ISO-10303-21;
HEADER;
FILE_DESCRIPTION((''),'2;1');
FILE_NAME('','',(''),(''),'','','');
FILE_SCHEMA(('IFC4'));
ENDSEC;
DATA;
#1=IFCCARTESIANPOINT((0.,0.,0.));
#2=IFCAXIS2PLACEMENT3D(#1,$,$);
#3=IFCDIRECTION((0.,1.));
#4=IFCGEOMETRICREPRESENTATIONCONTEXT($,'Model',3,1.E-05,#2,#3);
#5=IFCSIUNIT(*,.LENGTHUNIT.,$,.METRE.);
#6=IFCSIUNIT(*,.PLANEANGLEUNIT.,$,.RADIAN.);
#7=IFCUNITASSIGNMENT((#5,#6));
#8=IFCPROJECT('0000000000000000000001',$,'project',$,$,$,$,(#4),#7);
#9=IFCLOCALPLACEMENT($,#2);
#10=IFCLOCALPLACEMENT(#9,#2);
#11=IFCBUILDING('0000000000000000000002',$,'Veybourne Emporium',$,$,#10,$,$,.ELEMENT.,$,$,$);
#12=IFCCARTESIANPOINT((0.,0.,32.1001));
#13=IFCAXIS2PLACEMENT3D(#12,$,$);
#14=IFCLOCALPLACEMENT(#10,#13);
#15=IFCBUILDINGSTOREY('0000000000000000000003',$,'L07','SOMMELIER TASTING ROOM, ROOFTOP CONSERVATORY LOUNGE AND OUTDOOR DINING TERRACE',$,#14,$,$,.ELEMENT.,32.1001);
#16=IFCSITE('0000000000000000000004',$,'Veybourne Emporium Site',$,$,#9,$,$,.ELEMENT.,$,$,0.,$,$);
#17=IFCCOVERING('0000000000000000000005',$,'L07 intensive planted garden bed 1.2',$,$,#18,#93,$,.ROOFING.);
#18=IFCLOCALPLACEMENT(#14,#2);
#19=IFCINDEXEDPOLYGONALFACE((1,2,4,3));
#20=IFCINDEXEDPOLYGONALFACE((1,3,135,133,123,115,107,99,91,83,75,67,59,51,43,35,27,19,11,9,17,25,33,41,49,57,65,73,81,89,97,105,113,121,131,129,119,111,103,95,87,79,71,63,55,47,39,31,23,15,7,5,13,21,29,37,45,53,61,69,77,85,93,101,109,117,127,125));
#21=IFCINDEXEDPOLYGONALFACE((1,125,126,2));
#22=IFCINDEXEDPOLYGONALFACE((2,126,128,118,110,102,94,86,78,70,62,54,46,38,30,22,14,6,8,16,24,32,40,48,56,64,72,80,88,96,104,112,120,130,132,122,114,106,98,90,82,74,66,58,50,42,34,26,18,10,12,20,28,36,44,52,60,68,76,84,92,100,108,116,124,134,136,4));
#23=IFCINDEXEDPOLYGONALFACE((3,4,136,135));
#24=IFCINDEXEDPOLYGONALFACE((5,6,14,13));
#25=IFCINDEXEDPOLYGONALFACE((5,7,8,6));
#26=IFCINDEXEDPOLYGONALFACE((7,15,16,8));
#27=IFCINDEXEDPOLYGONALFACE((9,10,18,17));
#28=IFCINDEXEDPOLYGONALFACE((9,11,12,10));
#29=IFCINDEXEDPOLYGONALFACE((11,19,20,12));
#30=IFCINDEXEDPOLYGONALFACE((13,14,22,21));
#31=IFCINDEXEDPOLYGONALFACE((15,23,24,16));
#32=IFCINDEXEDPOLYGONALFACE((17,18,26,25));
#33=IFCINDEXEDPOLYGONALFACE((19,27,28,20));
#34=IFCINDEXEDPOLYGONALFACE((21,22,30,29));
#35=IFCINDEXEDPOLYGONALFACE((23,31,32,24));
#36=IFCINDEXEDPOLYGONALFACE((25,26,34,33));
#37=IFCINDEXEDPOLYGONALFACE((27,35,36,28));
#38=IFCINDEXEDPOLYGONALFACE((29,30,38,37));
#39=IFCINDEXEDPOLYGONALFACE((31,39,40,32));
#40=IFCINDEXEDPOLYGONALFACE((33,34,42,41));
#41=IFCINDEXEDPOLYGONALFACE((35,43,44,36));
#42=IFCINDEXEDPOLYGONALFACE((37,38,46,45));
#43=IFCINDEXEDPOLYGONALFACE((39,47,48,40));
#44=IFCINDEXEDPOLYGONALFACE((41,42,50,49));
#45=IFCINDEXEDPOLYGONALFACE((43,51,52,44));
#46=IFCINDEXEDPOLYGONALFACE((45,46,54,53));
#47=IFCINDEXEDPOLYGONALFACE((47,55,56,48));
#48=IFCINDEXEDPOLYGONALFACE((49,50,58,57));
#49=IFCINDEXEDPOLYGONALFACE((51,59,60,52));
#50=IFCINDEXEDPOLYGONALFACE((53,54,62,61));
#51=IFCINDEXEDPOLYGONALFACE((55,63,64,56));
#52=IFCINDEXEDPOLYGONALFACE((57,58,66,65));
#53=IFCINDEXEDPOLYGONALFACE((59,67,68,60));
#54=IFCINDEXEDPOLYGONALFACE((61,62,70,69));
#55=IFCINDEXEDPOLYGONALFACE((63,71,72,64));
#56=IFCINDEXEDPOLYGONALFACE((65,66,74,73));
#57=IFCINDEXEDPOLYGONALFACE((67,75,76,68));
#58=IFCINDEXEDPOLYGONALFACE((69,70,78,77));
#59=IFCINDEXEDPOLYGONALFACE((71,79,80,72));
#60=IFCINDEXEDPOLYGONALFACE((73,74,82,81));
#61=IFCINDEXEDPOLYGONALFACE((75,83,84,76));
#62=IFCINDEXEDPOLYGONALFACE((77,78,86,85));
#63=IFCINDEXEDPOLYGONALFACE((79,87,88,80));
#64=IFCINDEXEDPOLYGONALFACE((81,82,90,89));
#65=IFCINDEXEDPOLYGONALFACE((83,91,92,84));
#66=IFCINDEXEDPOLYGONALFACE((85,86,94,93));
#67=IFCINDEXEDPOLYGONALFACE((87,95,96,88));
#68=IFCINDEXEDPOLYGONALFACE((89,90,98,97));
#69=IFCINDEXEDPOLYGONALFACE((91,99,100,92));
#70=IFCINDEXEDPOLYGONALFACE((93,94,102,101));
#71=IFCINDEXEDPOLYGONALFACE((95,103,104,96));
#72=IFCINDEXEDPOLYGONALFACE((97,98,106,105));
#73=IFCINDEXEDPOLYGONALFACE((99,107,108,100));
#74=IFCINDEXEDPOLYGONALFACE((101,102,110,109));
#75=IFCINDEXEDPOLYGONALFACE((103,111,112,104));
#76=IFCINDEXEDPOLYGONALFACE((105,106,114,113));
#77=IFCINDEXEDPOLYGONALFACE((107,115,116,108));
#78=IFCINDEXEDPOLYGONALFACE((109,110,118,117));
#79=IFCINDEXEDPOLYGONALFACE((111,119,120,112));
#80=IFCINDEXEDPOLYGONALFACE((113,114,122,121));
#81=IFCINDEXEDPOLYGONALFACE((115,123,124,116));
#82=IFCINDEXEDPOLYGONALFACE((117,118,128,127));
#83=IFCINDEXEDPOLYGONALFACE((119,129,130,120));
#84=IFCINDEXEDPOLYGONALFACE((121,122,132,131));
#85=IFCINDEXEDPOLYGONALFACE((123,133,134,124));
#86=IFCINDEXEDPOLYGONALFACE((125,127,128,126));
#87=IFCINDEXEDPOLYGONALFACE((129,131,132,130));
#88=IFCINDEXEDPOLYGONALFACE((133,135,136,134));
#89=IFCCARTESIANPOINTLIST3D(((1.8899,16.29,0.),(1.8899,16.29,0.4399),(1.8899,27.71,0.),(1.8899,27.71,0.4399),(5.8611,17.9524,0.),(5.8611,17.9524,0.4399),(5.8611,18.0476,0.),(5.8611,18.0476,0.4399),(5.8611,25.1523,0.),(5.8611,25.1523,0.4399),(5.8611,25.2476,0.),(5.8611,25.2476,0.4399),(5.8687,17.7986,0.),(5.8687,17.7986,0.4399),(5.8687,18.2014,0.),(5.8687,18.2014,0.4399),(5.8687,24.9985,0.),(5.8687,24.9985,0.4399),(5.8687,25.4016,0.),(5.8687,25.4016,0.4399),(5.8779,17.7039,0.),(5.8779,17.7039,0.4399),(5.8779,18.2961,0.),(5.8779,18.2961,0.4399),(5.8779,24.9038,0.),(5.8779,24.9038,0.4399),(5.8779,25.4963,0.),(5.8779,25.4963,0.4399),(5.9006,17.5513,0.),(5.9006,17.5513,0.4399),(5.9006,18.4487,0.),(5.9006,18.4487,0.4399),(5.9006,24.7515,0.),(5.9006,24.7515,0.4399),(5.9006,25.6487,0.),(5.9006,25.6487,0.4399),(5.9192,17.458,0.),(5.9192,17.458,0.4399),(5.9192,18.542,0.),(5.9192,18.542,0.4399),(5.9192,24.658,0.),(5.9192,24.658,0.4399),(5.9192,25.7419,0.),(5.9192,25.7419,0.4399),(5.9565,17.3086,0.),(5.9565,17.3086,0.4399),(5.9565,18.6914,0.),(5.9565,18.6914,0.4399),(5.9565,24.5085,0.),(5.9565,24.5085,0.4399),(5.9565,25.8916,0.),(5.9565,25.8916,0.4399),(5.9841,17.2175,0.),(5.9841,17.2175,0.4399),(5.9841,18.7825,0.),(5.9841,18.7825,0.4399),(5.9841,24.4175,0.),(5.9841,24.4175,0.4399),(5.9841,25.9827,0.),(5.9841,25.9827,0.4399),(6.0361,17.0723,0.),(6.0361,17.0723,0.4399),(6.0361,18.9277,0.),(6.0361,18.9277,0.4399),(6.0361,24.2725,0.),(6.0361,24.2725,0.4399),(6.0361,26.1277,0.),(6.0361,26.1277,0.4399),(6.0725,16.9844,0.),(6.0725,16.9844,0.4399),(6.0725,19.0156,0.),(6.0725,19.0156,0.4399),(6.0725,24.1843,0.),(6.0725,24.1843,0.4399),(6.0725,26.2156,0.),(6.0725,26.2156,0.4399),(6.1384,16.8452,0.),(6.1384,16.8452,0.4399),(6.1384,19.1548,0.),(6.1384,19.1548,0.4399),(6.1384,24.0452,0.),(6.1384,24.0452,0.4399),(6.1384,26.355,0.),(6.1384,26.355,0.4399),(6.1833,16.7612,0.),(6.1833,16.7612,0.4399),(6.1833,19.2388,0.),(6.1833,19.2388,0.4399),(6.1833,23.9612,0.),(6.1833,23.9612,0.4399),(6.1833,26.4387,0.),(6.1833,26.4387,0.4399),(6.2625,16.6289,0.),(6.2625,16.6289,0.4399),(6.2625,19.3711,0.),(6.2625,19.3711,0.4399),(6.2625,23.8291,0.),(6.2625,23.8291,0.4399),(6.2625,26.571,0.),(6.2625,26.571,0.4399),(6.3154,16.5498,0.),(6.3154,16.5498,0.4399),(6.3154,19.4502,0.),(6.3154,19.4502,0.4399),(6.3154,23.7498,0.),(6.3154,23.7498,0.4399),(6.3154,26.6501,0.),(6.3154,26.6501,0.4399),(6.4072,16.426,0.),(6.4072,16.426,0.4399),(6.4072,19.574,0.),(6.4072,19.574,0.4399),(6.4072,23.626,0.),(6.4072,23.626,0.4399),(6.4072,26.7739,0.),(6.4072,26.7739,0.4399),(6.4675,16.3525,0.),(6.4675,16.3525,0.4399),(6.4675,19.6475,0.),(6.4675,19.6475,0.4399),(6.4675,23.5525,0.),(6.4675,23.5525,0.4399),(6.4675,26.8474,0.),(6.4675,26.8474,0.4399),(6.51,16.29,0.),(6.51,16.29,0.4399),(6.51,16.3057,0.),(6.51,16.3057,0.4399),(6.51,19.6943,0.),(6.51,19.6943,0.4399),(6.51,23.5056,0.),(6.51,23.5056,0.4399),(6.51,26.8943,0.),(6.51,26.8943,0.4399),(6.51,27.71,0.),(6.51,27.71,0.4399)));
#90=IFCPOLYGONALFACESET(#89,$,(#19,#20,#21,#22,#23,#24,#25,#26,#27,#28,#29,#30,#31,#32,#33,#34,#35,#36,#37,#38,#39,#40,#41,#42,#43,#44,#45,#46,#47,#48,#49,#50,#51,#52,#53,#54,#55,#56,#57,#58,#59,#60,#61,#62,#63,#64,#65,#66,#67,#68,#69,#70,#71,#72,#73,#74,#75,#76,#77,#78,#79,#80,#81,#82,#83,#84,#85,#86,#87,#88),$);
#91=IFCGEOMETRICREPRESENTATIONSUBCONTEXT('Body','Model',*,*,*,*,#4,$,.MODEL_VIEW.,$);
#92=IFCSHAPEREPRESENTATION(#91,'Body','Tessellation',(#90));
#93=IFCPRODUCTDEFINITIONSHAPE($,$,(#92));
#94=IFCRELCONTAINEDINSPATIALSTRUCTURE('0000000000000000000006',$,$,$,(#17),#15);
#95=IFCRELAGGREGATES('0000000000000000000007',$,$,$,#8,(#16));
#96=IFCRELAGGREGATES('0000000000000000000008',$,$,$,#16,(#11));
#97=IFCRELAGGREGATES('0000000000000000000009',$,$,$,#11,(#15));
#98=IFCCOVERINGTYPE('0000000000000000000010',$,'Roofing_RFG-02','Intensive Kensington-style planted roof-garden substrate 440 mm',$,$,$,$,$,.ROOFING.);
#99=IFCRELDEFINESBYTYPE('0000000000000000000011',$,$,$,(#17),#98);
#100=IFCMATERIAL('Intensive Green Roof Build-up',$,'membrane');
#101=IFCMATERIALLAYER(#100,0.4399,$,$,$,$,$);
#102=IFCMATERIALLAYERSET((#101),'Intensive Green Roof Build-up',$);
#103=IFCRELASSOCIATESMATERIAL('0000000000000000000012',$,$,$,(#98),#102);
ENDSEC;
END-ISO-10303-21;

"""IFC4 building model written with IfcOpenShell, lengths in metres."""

from ifc_helpers import new_model, si_unit, direction, frame, origin, place, context, subcontext, project, spatial, polyline, outline, extrude, material, layer, layer_set, type_object, element, save


model = new_model("IFC4")

# Units and contexts
model_context = context("Model", 3, precision=1e-05, world=origin(), true_north=direction((0.0, 1.0)))
body_context = subcontext(model_context, "Body", "Model", "MODEL_VIEW")
ifc_project = project(units=[si_unit("LENGTHUNIT", "METRE"), si_unit("PLANEANGLEUNIT", "RADIAN")], contexts=[model_context])

# Site, building, storey
site_placement = place(None, origin())
site = spatial("IfcSite", under=ifc_project, at=site_placement, Name="Veybourne Emporium Site", CompositionType="ELEMENT", RefElevation=0.0)
building_placement = place(site_placement, origin())
building = spatial("IfcBuilding", under=site, at=building_placement, Name="Veybourne Emporium", CompositionType="ELEMENT")
storey_placement = place(building_placement, frame((0.0, 0.0, 32.1001)))
storey = spatial("IfcBuildingStorey", under=building, at=storey_placement, Name="L07", Description="SOMMELIER TASTING ROOM, ROOFTOP CONSERVATORY LOUNGE AND OUTDOOR DINING TERRACE", CompositionType="ELEMENT", Elevation=32.1001)

# Covering
ifc_material_1 = material(Name="Intensive Green Roof Build-up", Category="membrane")
ifc_layer_1 = layer(ifc_material_1, 0.4399)
ifc_layer_set_1 = layer_set([ifc_layer_1], Name="Intensive Green Roof Build-up")
covering_type_1 = type_object("IfcCoveringType", Name="Roofing_RFG-02", Description="Intensive Kensington-style planted roof-garden substrate 440 mm", PredefinedType="ROOFING", material=ifc_layer_set_1)
covering_1_placement = place(storey_placement, origin())
element("IfcCovering", 1, at=covering_1_placement, inside=storey, type_object=covering_type_1, Name="L07 intensive planted garden bed 1.2", PredefinedType="ROOFING", context=body_context, shape_type="SweptSolid", body=[
    extrude(outline(polyline([(6.51, 16.3057), (6.51, 16.29), (1.8899, 16.29), (1.8899, 27.71), (6.51, 27.71), (6.51, 26.8943), (6.4675, 26.8474), (6.4072, 26.7739), (6.3154, 26.6501), (6.2625, 26.571), (6.1833, 26.4387), (6.1384, 26.355), (6.0725, 26.2156), (6.0361, 26.1277), (5.9841, 25.9827), (5.9565, 25.8916), (5.9192, 25.7419), (5.9006, 25.6487), (5.8779, 25.4963), (5.8687, 25.4016), (5.8611, 25.2476), (5.8611, 25.1523), (5.8687, 24.9985), (5.8779, 24.9038), (5.9006, 24.7515), (5.9192, 24.658), (5.9565, 24.5085), (5.9841, 24.4175), (6.0361, 24.2725), (6.0725, 24.1843), (6.1384, 24.0452), (6.1833, 23.9612), (6.2625, 23.8291), (6.3154, 23.7498), (6.4072, 23.626), (6.4675, 23.5525), (6.51, 23.5056), (6.51, 19.6943), (6.4675, 19.6475), (6.4072, 19.574), (6.3154, 19.4502), (6.2625, 19.3711), (6.1833, 19.2388), (6.1384, 19.1548), (6.0725, 19.0156), (6.0361, 18.9277), (5.9841, 18.7825), (5.9565, 18.6914), (5.9192, 18.542), (5.9006, 18.4487), (5.8779, 18.2961), (5.8687, 18.2014), (5.8611, 18.0476), (5.8611, 17.9524), (5.8687, 17.7986), (5.8779, 17.7039), (5.9006, 17.5513), (5.9192, 17.458), (5.9565, 17.3086), (5.9841, 17.2175), (6.0361, 17.0723), (6.0725, 16.9844), (6.1384, 16.8452), (6.1833, 16.7612), (6.2625, 16.6289), (6.3154, 16.5498), (6.4072, 16.426), (6.4675, 16.3525), (6.51, 16.3057)])), origin(), (0.0, 0.0, 1.0), 0.4399),
])

save(model, "model.ifc")
